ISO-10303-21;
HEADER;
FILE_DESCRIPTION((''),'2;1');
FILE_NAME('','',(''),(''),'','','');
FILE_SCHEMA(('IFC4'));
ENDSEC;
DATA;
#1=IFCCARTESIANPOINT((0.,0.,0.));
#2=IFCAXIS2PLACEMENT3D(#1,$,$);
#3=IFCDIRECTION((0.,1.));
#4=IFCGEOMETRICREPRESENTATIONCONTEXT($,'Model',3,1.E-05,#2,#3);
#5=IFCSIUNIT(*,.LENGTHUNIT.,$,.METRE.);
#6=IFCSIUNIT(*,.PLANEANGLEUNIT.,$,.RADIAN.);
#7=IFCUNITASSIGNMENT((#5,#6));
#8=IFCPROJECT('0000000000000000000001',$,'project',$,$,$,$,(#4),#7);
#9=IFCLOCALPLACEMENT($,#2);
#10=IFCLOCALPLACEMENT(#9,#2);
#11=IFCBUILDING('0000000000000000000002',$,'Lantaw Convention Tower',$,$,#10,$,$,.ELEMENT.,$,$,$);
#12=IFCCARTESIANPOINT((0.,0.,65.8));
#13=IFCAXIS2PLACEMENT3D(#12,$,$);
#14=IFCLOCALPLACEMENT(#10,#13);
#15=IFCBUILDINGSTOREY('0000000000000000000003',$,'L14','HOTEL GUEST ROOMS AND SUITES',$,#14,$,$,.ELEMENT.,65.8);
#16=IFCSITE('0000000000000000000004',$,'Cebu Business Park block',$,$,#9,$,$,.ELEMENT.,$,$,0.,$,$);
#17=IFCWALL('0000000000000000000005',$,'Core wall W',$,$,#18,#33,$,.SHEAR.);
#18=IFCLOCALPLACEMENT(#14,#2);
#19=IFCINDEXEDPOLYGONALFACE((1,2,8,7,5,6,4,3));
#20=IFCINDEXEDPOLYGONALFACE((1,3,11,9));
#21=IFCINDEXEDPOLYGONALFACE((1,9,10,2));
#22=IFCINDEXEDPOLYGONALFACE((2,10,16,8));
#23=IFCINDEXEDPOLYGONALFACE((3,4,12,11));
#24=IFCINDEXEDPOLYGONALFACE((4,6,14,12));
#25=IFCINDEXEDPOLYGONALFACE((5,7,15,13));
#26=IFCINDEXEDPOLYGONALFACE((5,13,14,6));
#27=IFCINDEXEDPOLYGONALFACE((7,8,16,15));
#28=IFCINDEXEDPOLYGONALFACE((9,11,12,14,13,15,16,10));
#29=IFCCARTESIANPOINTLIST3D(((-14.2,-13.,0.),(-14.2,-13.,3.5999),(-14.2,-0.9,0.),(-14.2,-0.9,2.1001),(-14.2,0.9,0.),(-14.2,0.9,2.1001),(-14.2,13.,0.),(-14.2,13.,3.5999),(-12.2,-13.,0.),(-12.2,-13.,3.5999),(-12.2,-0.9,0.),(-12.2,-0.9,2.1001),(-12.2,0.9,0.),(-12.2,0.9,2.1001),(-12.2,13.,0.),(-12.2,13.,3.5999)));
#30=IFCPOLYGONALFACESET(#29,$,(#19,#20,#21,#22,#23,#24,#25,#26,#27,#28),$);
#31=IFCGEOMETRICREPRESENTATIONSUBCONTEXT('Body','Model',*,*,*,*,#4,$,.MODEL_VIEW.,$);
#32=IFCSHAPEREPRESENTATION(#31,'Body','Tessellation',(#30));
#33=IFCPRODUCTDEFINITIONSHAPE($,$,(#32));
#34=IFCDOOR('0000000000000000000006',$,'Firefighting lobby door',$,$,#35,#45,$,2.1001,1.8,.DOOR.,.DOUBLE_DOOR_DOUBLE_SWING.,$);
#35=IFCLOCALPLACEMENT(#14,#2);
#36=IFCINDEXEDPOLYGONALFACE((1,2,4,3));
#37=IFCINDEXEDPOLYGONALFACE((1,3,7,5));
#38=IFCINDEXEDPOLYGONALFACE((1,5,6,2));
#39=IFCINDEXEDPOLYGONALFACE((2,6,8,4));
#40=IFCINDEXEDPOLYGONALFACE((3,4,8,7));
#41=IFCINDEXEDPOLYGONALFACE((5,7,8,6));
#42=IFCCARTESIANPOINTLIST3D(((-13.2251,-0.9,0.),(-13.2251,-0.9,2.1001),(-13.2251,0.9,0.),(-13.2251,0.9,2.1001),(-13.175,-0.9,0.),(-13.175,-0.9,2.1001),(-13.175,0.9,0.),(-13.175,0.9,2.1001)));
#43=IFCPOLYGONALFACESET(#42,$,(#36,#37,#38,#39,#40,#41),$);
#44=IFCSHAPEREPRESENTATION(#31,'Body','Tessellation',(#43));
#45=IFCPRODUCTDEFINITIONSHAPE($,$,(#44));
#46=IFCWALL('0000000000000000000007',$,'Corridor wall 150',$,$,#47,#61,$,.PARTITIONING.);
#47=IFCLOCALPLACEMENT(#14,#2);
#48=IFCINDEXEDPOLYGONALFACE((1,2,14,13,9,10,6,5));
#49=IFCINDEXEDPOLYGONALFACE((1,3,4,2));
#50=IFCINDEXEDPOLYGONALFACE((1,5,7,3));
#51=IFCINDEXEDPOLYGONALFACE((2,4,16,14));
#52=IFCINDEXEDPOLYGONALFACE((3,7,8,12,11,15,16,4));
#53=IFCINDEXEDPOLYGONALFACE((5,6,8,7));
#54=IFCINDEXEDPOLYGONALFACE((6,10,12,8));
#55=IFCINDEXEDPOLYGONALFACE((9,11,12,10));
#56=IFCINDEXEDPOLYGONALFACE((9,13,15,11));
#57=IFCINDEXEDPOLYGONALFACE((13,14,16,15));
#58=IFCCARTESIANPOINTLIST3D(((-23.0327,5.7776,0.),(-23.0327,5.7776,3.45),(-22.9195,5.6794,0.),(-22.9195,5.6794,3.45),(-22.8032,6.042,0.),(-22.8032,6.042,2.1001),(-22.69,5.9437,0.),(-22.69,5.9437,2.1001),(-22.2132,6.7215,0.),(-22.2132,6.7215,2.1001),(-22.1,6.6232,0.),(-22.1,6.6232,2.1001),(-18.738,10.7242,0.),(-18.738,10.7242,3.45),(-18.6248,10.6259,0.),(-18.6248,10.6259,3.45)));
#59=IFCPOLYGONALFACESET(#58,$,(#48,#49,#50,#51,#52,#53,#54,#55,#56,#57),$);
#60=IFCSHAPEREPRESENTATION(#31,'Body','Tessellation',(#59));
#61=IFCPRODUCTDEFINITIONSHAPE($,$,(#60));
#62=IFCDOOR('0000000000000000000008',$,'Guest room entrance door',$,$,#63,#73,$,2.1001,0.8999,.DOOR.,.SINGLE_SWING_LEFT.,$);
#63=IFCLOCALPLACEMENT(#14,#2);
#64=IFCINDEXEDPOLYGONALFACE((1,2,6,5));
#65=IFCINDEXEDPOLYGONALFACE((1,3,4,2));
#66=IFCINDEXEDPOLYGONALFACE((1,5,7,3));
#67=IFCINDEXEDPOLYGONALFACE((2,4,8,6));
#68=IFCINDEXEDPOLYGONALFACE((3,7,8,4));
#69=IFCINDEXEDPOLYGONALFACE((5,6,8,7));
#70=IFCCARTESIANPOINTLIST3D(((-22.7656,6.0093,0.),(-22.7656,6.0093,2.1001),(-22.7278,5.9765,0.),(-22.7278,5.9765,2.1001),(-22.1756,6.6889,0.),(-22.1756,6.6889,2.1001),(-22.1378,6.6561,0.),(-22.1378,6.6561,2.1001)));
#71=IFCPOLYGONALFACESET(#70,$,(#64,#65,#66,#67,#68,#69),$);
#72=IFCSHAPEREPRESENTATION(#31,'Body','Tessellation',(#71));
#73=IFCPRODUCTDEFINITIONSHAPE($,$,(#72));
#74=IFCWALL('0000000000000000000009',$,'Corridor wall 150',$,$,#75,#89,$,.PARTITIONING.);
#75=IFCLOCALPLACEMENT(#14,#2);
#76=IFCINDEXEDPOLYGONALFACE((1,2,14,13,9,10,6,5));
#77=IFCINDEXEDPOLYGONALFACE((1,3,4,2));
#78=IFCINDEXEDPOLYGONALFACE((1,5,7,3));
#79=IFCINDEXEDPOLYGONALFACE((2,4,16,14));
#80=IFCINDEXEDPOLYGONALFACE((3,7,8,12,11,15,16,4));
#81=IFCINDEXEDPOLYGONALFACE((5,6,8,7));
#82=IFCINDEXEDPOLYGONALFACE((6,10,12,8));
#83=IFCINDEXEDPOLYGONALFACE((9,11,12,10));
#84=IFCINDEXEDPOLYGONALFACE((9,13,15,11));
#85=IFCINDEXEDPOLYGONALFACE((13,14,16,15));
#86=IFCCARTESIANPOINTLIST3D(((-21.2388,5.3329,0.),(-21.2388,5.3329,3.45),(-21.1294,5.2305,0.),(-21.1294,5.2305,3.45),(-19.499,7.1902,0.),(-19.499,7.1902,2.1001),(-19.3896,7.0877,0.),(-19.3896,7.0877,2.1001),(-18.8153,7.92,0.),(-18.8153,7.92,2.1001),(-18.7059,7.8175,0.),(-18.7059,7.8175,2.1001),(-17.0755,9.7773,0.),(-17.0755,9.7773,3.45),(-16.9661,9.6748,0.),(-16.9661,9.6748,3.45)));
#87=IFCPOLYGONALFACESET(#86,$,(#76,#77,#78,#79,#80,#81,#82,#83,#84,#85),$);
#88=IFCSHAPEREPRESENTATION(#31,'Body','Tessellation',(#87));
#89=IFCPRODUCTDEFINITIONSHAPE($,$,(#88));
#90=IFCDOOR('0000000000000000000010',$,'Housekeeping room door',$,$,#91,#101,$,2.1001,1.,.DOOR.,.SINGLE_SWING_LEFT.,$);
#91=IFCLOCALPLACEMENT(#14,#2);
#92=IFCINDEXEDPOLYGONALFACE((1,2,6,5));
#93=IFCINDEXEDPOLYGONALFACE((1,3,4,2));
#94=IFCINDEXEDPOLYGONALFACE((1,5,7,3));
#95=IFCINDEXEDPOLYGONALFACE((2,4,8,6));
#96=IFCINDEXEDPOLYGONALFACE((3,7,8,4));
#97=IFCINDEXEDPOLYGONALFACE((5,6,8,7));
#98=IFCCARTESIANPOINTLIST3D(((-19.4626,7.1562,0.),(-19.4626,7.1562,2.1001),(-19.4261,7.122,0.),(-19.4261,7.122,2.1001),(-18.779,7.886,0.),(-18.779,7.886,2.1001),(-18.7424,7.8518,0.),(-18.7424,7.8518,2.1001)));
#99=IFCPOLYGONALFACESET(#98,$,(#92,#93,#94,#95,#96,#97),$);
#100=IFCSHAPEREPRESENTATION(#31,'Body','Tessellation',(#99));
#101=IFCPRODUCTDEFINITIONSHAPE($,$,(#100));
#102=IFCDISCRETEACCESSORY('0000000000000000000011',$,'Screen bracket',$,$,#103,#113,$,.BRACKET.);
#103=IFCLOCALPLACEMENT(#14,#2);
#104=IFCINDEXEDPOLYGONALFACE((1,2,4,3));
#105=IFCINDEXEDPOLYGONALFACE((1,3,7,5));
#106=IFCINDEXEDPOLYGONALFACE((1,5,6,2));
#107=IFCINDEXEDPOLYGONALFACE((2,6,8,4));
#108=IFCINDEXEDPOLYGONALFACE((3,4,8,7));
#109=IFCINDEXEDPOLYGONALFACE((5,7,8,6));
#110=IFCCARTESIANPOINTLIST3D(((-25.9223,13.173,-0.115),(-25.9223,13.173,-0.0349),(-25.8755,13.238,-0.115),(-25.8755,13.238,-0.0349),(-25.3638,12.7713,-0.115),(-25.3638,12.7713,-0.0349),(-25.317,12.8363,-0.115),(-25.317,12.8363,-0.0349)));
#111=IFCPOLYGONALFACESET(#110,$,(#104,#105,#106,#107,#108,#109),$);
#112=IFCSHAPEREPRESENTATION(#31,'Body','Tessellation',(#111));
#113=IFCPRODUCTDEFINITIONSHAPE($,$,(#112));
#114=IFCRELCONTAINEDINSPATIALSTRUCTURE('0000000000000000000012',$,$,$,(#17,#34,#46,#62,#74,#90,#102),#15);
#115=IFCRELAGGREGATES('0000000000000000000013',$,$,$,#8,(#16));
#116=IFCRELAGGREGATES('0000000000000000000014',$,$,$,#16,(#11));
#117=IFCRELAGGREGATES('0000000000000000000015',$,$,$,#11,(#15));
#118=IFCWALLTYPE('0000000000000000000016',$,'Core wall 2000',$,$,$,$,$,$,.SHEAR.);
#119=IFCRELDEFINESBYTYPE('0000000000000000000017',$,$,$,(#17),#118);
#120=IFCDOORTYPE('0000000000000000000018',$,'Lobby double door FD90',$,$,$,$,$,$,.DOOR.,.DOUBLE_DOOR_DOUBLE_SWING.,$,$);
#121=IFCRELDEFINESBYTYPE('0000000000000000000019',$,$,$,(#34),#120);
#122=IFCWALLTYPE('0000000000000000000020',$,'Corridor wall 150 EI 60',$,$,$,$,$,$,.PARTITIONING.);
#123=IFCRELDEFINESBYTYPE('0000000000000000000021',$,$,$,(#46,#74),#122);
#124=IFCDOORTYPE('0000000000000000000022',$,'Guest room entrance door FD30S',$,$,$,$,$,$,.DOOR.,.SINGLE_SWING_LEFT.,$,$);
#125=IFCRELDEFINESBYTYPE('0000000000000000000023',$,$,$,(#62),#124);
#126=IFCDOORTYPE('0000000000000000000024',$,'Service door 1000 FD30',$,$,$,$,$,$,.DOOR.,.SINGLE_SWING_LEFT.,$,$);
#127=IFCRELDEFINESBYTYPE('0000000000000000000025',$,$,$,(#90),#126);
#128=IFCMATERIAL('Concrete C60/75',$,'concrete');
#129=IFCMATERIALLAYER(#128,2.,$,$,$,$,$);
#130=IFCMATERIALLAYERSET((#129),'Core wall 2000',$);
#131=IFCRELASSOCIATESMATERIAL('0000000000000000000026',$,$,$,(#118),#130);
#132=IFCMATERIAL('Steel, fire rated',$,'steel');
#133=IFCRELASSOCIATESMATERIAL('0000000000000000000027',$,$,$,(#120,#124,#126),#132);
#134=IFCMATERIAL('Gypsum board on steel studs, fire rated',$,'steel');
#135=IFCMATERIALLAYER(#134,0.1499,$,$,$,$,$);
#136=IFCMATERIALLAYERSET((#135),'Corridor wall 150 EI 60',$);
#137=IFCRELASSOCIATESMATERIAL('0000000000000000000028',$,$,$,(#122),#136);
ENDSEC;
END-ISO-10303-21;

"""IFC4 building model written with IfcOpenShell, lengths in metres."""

from ifc_helpers import new_model, si_unit, direction, frame, frame_2d, origin, origin_2d, place, context, subcontext, project, spatial, rectangle, extrude, material, layer, layer_set, type_object, element, fill, save


model = new_model("IFC4")

# Units and contexts
model_context = context("Model", 3, precision=1e-05, world=origin(), true_north=direction((0.0, 1.0)))
body_context = subcontext(model_context, "Body", "Model", "MODEL_VIEW")
ifc_project = project(units=[si_unit("LENGTHUNIT", "METRE"), si_unit("PLANEANGLEUNIT", "RADIAN")], contexts=[model_context])

# Site, building, storey
site_placement = place(None, origin())
site = spatial("IfcSite", under=ifc_project, at=site_placement, Name="Cebu Business Park block", CompositionType="ELEMENT", RefElevation=0.0)
building_placement = place(site_placement, origin())
building = spatial("IfcBuilding", under=site, at=building_placement, Name="Lantaw Convention Tower", CompositionType="ELEMENT")
storey_placement = place(building_placement, frame((0.0, 0.0, 65.8)))
storey = spatial("IfcBuildingStorey", under=building, at=storey_placement, Name="L14", Description="HOTEL GUEST ROOMS AND SUITES", CompositionType="ELEMENT", Elevation=65.8)

# Shared definitions
ifc_material_1 = material(Name="Concrete C60/75", Category="concrete")

# Walls, openings, doors
ifc_layer_1 = layer(ifc_material_1, 2.0)
ifc_layer_set_1 = layer_set([ifc_layer_1], Name="Core wall 2000")
wall_type_1 = type_object("IfcWallType", Name="Core wall 2000", PredefinedType="SHEAR", material=ifc_layer_set_1)
wall_1_placement = place(storey_placement, frame((-13.2, 13.0, 0.0), z_axis=(0.0, 0.0, 1.0), x_axis=(0.0, -1.0, 0.0)))
wall_1 = element("IfcWall", 1, at=wall_1_placement, inside=storey, type_object=wall_type_1, Name="Core wall W", PredefinedType="SHEAR", context=body_context, shape_type="SweptSolid", body=[
    extrude(rectangle(XDim=26.0, YDim=2.0, at=frame_2d((13.0, 0.0))), origin(), (0.0, 0.0, 1.0), 3.5999),
])
opening_1_placement = place(wall_1_placement, frame((12.1001, 0.0, 0.0)))
opening_1 = element("IfcOpeningElement", 2, at=opening_1_placement, cuts=wall_1, PredefinedType="OPENING", context=body_context, shape_type="SweptSolid", body=[
    extrude(rectangle(XDim=1.8, YDim=2.1001, at=frame_2d((0.8999, 1.05))), frame((0.0, 1.01, 0.0), z_axis=(0.0, -1.0, 0.0), x_axis=(1.0, 0.0, 0.0)), (0.0, 0.0, 1.0), 2.02),
])
ifc_material_2 = material(Name="Steel, fire rated", Category="steel")
door_type_1 = type_object("IfcDoorType", Name="Lobby double door FD90", OperationType="DOUBLE_DOOR_DOUBLE_SWING", PredefinedType="DOOR", material=ifc_material_2)
door_1_placement = place(opening_1_placement, origin())
door_1 = element("IfcDoor", 3, at=door_1_placement, inside=storey, type_object=door_type_1, Name="Firefighting lobby door", OperationType="DOUBLE_DOOR_DOUBLE_SWING", OverallHeight=2.1001, OverallWidth=1.8, PredefinedType="DOOR", context=body_context, shape_type="SweptSolid", body=[
    extrude(rectangle(XDim=1.8, YDim=2.1001, at=frame_2d((0.8999, 1.05))), frame((0.0, 0.0249, 0.0), z_axis=(0.0, -1.0, 0.0), x_axis=(1.0, 0.0, 0.0)), (0.0, 0.0, 1.0), 0.05),
])
fill(opening_1, door_1)
ifc_material_3 = material(Name="Gypsum board on steel studs, fire rated", Category="steel")
ifc_layer_2 = layer(ifc_material_3, 0.1499)
ifc_layer_set_2 = layer_set([ifc_layer_2], Name="Corridor wall 150 EI 60")
wall_type_2 = type_object("IfcWallType", Name="Corridor wall 150 EI 60", PredefinedType="PARTITIONING", material=ifc_layer_set_2)
wall_2_placement = place(storey_placement, frame((-18.6814, 10.675, 0.0), z_axis=(0.0, 0.0, 1.0), x_axis=(-0.6556, -0.755108, 0.0)))
wall_2 = element("IfcWall", 4, at=wall_2_placement, inside=storey, type_object=wall_type_2, Name="Corridor wall 150", PredefinedType="PARTITIONING", context=body_context, shape_type="SweptSolid", body=[
    extrude(rectangle(XDim=6.5508, YDim=0.1499, at=frame_2d((3.2754, 0.0))), origin(), (0.0, 0.0, 1.0), 3.45),
])
opening_2_placement = place(wall_2_placement, frame((5.3008, 0.0, 0.0)))
opening_2 = element("IfcOpeningElement", 5, at=opening_2_placement, cuts=wall_2, PredefinedType="OPENING", context=body_context, shape_type="SweptSolid", body=[
    extrude(rectangle(XDim=0.8999, YDim=2.1001, at=frame_2d((0.45, 1.05))), frame((0.0, 0.085, 0.0), z_axis=(0.0, -1.0, 0.0), x_axis=(1.0, 0.0, 0.0)), (0.0, 0.0, 1.0), 0.1699),
])
door_type_2 = type_object("IfcDoorType", Name="Guest room entrance door FD30S", OperationType="SINGLE_SWING_LEFT", PredefinedType="DOOR", material=ifc_material_2)
door_2_placement = place(opening_2_placement, origin())
door_2 = element("IfcDoor", 6, at=door_2_placement, inside=storey, type_object=door_type_2, Name="Guest room entrance door", OperationType="SINGLE_SWING_LEFT", OverallHeight=2.1001, OverallWidth=0.8999, PredefinedType="DOOR", context=body_context, shape_type="SweptSolid", body=[
    extrude(rectangle(XDim=0.8999, YDim=2.1001, at=frame_2d((0.45, 1.05))), frame((0.0, 0.0249, 0.0), z_axis=(0.0, -1.0, 0.0), x_axis=(1.0, 0.0, 0.0)), (0.0, 0.0, 1.0), 0.05),
])
fill(opening_2, door_2)
wall_3_placement = place(storey_placement, frame((-17.0208, 9.7261, 0.0), z_axis=(0.0, 0.0, 1.0), x_axis=(-0.683658, -0.729802, 0.0)))
wall_3 = element("IfcWall", 7, at=wall_3_placement, inside=storey, type_object=wall_type_2, Name="Corridor wall 150", PredefinedType="PARTITIONING", context=body_context, shape_type="SweptSolid", body=[
    extrude(rectangle(XDim=6.0898, YDim=0.1499, at=frame_2d((3.0449, 0.0))), origin(), (0.0, 0.0, 1.0), 3.45),
])
opening_3_placement = place(wall_3_placement, frame((2.5449, 0.0, 0.0)))
opening_3 = element("IfcOpeningElement", 8, at=opening_3_placement, cuts=wall_3, PredefinedType="OPENING", context=body_context, shape_type="SweptSolid", body=[
    extrude(rectangle(XDim=1.0, YDim=2.1001, at=frame_2d((0.5, 1.05))), frame((0.0, 0.085, 0.0), z_axis=(0.0, -1.0, 0.0), x_axis=(1.0, 0.0, 0.0)), (0.0, 0.0, 1.0), 0.1699),
])
door_type_3 = type_object("IfcDoorType", Name="Service door 1000 FD30", OperationType="SINGLE_SWING_LEFT", PredefinedType="DOOR", material=ifc_material_2)
door_3_placement = place(opening_3_placement, origin())
door_3 = element("IfcDoor", 9, at=door_3_placement, inside=storey, type_object=door_type_3, Name="Housekeeping room door", OperationType="SINGLE_SWING_LEFT", OverallHeight=2.1001, OverallWidth=1.0, PredefinedType="DOOR", context=body_context, shape_type="SweptSolid", body=[
    extrude(rectangle(XDim=1.0, YDim=2.1001, at=frame_2d((0.5, 1.05))), frame((0.0, 0.0249, 0.0), z_axis=(0.0, -1.0, 0.0), x_axis=(1.0, 0.0, 0.0)), (0.0, 0.0, 1.0), 0.05),
])
fill(opening_3, door_3)

# Discrete accessory
discrete_accessory_placement = place(storey_placement, frame((-25.6196, 13.0046, -0.115), z_axis=(0.0, 0.0, 1.0), x_axis=(-0.583951, -0.811789, 0.0)))
element("IfcDiscreteAccessory", 10, at=discrete_accessory_placement, inside=storey, Name="Screen bracket", PredefinedType="BRACKET", context=body_context, shape_type="SweptSolid", body=[
    extrude(rectangle(XDim=0.0801, YDim=0.688, at=origin_2d()), origin(), (0.0, 0.0, 1.0), 0.0801),
])

save(model, "model.ifc")
